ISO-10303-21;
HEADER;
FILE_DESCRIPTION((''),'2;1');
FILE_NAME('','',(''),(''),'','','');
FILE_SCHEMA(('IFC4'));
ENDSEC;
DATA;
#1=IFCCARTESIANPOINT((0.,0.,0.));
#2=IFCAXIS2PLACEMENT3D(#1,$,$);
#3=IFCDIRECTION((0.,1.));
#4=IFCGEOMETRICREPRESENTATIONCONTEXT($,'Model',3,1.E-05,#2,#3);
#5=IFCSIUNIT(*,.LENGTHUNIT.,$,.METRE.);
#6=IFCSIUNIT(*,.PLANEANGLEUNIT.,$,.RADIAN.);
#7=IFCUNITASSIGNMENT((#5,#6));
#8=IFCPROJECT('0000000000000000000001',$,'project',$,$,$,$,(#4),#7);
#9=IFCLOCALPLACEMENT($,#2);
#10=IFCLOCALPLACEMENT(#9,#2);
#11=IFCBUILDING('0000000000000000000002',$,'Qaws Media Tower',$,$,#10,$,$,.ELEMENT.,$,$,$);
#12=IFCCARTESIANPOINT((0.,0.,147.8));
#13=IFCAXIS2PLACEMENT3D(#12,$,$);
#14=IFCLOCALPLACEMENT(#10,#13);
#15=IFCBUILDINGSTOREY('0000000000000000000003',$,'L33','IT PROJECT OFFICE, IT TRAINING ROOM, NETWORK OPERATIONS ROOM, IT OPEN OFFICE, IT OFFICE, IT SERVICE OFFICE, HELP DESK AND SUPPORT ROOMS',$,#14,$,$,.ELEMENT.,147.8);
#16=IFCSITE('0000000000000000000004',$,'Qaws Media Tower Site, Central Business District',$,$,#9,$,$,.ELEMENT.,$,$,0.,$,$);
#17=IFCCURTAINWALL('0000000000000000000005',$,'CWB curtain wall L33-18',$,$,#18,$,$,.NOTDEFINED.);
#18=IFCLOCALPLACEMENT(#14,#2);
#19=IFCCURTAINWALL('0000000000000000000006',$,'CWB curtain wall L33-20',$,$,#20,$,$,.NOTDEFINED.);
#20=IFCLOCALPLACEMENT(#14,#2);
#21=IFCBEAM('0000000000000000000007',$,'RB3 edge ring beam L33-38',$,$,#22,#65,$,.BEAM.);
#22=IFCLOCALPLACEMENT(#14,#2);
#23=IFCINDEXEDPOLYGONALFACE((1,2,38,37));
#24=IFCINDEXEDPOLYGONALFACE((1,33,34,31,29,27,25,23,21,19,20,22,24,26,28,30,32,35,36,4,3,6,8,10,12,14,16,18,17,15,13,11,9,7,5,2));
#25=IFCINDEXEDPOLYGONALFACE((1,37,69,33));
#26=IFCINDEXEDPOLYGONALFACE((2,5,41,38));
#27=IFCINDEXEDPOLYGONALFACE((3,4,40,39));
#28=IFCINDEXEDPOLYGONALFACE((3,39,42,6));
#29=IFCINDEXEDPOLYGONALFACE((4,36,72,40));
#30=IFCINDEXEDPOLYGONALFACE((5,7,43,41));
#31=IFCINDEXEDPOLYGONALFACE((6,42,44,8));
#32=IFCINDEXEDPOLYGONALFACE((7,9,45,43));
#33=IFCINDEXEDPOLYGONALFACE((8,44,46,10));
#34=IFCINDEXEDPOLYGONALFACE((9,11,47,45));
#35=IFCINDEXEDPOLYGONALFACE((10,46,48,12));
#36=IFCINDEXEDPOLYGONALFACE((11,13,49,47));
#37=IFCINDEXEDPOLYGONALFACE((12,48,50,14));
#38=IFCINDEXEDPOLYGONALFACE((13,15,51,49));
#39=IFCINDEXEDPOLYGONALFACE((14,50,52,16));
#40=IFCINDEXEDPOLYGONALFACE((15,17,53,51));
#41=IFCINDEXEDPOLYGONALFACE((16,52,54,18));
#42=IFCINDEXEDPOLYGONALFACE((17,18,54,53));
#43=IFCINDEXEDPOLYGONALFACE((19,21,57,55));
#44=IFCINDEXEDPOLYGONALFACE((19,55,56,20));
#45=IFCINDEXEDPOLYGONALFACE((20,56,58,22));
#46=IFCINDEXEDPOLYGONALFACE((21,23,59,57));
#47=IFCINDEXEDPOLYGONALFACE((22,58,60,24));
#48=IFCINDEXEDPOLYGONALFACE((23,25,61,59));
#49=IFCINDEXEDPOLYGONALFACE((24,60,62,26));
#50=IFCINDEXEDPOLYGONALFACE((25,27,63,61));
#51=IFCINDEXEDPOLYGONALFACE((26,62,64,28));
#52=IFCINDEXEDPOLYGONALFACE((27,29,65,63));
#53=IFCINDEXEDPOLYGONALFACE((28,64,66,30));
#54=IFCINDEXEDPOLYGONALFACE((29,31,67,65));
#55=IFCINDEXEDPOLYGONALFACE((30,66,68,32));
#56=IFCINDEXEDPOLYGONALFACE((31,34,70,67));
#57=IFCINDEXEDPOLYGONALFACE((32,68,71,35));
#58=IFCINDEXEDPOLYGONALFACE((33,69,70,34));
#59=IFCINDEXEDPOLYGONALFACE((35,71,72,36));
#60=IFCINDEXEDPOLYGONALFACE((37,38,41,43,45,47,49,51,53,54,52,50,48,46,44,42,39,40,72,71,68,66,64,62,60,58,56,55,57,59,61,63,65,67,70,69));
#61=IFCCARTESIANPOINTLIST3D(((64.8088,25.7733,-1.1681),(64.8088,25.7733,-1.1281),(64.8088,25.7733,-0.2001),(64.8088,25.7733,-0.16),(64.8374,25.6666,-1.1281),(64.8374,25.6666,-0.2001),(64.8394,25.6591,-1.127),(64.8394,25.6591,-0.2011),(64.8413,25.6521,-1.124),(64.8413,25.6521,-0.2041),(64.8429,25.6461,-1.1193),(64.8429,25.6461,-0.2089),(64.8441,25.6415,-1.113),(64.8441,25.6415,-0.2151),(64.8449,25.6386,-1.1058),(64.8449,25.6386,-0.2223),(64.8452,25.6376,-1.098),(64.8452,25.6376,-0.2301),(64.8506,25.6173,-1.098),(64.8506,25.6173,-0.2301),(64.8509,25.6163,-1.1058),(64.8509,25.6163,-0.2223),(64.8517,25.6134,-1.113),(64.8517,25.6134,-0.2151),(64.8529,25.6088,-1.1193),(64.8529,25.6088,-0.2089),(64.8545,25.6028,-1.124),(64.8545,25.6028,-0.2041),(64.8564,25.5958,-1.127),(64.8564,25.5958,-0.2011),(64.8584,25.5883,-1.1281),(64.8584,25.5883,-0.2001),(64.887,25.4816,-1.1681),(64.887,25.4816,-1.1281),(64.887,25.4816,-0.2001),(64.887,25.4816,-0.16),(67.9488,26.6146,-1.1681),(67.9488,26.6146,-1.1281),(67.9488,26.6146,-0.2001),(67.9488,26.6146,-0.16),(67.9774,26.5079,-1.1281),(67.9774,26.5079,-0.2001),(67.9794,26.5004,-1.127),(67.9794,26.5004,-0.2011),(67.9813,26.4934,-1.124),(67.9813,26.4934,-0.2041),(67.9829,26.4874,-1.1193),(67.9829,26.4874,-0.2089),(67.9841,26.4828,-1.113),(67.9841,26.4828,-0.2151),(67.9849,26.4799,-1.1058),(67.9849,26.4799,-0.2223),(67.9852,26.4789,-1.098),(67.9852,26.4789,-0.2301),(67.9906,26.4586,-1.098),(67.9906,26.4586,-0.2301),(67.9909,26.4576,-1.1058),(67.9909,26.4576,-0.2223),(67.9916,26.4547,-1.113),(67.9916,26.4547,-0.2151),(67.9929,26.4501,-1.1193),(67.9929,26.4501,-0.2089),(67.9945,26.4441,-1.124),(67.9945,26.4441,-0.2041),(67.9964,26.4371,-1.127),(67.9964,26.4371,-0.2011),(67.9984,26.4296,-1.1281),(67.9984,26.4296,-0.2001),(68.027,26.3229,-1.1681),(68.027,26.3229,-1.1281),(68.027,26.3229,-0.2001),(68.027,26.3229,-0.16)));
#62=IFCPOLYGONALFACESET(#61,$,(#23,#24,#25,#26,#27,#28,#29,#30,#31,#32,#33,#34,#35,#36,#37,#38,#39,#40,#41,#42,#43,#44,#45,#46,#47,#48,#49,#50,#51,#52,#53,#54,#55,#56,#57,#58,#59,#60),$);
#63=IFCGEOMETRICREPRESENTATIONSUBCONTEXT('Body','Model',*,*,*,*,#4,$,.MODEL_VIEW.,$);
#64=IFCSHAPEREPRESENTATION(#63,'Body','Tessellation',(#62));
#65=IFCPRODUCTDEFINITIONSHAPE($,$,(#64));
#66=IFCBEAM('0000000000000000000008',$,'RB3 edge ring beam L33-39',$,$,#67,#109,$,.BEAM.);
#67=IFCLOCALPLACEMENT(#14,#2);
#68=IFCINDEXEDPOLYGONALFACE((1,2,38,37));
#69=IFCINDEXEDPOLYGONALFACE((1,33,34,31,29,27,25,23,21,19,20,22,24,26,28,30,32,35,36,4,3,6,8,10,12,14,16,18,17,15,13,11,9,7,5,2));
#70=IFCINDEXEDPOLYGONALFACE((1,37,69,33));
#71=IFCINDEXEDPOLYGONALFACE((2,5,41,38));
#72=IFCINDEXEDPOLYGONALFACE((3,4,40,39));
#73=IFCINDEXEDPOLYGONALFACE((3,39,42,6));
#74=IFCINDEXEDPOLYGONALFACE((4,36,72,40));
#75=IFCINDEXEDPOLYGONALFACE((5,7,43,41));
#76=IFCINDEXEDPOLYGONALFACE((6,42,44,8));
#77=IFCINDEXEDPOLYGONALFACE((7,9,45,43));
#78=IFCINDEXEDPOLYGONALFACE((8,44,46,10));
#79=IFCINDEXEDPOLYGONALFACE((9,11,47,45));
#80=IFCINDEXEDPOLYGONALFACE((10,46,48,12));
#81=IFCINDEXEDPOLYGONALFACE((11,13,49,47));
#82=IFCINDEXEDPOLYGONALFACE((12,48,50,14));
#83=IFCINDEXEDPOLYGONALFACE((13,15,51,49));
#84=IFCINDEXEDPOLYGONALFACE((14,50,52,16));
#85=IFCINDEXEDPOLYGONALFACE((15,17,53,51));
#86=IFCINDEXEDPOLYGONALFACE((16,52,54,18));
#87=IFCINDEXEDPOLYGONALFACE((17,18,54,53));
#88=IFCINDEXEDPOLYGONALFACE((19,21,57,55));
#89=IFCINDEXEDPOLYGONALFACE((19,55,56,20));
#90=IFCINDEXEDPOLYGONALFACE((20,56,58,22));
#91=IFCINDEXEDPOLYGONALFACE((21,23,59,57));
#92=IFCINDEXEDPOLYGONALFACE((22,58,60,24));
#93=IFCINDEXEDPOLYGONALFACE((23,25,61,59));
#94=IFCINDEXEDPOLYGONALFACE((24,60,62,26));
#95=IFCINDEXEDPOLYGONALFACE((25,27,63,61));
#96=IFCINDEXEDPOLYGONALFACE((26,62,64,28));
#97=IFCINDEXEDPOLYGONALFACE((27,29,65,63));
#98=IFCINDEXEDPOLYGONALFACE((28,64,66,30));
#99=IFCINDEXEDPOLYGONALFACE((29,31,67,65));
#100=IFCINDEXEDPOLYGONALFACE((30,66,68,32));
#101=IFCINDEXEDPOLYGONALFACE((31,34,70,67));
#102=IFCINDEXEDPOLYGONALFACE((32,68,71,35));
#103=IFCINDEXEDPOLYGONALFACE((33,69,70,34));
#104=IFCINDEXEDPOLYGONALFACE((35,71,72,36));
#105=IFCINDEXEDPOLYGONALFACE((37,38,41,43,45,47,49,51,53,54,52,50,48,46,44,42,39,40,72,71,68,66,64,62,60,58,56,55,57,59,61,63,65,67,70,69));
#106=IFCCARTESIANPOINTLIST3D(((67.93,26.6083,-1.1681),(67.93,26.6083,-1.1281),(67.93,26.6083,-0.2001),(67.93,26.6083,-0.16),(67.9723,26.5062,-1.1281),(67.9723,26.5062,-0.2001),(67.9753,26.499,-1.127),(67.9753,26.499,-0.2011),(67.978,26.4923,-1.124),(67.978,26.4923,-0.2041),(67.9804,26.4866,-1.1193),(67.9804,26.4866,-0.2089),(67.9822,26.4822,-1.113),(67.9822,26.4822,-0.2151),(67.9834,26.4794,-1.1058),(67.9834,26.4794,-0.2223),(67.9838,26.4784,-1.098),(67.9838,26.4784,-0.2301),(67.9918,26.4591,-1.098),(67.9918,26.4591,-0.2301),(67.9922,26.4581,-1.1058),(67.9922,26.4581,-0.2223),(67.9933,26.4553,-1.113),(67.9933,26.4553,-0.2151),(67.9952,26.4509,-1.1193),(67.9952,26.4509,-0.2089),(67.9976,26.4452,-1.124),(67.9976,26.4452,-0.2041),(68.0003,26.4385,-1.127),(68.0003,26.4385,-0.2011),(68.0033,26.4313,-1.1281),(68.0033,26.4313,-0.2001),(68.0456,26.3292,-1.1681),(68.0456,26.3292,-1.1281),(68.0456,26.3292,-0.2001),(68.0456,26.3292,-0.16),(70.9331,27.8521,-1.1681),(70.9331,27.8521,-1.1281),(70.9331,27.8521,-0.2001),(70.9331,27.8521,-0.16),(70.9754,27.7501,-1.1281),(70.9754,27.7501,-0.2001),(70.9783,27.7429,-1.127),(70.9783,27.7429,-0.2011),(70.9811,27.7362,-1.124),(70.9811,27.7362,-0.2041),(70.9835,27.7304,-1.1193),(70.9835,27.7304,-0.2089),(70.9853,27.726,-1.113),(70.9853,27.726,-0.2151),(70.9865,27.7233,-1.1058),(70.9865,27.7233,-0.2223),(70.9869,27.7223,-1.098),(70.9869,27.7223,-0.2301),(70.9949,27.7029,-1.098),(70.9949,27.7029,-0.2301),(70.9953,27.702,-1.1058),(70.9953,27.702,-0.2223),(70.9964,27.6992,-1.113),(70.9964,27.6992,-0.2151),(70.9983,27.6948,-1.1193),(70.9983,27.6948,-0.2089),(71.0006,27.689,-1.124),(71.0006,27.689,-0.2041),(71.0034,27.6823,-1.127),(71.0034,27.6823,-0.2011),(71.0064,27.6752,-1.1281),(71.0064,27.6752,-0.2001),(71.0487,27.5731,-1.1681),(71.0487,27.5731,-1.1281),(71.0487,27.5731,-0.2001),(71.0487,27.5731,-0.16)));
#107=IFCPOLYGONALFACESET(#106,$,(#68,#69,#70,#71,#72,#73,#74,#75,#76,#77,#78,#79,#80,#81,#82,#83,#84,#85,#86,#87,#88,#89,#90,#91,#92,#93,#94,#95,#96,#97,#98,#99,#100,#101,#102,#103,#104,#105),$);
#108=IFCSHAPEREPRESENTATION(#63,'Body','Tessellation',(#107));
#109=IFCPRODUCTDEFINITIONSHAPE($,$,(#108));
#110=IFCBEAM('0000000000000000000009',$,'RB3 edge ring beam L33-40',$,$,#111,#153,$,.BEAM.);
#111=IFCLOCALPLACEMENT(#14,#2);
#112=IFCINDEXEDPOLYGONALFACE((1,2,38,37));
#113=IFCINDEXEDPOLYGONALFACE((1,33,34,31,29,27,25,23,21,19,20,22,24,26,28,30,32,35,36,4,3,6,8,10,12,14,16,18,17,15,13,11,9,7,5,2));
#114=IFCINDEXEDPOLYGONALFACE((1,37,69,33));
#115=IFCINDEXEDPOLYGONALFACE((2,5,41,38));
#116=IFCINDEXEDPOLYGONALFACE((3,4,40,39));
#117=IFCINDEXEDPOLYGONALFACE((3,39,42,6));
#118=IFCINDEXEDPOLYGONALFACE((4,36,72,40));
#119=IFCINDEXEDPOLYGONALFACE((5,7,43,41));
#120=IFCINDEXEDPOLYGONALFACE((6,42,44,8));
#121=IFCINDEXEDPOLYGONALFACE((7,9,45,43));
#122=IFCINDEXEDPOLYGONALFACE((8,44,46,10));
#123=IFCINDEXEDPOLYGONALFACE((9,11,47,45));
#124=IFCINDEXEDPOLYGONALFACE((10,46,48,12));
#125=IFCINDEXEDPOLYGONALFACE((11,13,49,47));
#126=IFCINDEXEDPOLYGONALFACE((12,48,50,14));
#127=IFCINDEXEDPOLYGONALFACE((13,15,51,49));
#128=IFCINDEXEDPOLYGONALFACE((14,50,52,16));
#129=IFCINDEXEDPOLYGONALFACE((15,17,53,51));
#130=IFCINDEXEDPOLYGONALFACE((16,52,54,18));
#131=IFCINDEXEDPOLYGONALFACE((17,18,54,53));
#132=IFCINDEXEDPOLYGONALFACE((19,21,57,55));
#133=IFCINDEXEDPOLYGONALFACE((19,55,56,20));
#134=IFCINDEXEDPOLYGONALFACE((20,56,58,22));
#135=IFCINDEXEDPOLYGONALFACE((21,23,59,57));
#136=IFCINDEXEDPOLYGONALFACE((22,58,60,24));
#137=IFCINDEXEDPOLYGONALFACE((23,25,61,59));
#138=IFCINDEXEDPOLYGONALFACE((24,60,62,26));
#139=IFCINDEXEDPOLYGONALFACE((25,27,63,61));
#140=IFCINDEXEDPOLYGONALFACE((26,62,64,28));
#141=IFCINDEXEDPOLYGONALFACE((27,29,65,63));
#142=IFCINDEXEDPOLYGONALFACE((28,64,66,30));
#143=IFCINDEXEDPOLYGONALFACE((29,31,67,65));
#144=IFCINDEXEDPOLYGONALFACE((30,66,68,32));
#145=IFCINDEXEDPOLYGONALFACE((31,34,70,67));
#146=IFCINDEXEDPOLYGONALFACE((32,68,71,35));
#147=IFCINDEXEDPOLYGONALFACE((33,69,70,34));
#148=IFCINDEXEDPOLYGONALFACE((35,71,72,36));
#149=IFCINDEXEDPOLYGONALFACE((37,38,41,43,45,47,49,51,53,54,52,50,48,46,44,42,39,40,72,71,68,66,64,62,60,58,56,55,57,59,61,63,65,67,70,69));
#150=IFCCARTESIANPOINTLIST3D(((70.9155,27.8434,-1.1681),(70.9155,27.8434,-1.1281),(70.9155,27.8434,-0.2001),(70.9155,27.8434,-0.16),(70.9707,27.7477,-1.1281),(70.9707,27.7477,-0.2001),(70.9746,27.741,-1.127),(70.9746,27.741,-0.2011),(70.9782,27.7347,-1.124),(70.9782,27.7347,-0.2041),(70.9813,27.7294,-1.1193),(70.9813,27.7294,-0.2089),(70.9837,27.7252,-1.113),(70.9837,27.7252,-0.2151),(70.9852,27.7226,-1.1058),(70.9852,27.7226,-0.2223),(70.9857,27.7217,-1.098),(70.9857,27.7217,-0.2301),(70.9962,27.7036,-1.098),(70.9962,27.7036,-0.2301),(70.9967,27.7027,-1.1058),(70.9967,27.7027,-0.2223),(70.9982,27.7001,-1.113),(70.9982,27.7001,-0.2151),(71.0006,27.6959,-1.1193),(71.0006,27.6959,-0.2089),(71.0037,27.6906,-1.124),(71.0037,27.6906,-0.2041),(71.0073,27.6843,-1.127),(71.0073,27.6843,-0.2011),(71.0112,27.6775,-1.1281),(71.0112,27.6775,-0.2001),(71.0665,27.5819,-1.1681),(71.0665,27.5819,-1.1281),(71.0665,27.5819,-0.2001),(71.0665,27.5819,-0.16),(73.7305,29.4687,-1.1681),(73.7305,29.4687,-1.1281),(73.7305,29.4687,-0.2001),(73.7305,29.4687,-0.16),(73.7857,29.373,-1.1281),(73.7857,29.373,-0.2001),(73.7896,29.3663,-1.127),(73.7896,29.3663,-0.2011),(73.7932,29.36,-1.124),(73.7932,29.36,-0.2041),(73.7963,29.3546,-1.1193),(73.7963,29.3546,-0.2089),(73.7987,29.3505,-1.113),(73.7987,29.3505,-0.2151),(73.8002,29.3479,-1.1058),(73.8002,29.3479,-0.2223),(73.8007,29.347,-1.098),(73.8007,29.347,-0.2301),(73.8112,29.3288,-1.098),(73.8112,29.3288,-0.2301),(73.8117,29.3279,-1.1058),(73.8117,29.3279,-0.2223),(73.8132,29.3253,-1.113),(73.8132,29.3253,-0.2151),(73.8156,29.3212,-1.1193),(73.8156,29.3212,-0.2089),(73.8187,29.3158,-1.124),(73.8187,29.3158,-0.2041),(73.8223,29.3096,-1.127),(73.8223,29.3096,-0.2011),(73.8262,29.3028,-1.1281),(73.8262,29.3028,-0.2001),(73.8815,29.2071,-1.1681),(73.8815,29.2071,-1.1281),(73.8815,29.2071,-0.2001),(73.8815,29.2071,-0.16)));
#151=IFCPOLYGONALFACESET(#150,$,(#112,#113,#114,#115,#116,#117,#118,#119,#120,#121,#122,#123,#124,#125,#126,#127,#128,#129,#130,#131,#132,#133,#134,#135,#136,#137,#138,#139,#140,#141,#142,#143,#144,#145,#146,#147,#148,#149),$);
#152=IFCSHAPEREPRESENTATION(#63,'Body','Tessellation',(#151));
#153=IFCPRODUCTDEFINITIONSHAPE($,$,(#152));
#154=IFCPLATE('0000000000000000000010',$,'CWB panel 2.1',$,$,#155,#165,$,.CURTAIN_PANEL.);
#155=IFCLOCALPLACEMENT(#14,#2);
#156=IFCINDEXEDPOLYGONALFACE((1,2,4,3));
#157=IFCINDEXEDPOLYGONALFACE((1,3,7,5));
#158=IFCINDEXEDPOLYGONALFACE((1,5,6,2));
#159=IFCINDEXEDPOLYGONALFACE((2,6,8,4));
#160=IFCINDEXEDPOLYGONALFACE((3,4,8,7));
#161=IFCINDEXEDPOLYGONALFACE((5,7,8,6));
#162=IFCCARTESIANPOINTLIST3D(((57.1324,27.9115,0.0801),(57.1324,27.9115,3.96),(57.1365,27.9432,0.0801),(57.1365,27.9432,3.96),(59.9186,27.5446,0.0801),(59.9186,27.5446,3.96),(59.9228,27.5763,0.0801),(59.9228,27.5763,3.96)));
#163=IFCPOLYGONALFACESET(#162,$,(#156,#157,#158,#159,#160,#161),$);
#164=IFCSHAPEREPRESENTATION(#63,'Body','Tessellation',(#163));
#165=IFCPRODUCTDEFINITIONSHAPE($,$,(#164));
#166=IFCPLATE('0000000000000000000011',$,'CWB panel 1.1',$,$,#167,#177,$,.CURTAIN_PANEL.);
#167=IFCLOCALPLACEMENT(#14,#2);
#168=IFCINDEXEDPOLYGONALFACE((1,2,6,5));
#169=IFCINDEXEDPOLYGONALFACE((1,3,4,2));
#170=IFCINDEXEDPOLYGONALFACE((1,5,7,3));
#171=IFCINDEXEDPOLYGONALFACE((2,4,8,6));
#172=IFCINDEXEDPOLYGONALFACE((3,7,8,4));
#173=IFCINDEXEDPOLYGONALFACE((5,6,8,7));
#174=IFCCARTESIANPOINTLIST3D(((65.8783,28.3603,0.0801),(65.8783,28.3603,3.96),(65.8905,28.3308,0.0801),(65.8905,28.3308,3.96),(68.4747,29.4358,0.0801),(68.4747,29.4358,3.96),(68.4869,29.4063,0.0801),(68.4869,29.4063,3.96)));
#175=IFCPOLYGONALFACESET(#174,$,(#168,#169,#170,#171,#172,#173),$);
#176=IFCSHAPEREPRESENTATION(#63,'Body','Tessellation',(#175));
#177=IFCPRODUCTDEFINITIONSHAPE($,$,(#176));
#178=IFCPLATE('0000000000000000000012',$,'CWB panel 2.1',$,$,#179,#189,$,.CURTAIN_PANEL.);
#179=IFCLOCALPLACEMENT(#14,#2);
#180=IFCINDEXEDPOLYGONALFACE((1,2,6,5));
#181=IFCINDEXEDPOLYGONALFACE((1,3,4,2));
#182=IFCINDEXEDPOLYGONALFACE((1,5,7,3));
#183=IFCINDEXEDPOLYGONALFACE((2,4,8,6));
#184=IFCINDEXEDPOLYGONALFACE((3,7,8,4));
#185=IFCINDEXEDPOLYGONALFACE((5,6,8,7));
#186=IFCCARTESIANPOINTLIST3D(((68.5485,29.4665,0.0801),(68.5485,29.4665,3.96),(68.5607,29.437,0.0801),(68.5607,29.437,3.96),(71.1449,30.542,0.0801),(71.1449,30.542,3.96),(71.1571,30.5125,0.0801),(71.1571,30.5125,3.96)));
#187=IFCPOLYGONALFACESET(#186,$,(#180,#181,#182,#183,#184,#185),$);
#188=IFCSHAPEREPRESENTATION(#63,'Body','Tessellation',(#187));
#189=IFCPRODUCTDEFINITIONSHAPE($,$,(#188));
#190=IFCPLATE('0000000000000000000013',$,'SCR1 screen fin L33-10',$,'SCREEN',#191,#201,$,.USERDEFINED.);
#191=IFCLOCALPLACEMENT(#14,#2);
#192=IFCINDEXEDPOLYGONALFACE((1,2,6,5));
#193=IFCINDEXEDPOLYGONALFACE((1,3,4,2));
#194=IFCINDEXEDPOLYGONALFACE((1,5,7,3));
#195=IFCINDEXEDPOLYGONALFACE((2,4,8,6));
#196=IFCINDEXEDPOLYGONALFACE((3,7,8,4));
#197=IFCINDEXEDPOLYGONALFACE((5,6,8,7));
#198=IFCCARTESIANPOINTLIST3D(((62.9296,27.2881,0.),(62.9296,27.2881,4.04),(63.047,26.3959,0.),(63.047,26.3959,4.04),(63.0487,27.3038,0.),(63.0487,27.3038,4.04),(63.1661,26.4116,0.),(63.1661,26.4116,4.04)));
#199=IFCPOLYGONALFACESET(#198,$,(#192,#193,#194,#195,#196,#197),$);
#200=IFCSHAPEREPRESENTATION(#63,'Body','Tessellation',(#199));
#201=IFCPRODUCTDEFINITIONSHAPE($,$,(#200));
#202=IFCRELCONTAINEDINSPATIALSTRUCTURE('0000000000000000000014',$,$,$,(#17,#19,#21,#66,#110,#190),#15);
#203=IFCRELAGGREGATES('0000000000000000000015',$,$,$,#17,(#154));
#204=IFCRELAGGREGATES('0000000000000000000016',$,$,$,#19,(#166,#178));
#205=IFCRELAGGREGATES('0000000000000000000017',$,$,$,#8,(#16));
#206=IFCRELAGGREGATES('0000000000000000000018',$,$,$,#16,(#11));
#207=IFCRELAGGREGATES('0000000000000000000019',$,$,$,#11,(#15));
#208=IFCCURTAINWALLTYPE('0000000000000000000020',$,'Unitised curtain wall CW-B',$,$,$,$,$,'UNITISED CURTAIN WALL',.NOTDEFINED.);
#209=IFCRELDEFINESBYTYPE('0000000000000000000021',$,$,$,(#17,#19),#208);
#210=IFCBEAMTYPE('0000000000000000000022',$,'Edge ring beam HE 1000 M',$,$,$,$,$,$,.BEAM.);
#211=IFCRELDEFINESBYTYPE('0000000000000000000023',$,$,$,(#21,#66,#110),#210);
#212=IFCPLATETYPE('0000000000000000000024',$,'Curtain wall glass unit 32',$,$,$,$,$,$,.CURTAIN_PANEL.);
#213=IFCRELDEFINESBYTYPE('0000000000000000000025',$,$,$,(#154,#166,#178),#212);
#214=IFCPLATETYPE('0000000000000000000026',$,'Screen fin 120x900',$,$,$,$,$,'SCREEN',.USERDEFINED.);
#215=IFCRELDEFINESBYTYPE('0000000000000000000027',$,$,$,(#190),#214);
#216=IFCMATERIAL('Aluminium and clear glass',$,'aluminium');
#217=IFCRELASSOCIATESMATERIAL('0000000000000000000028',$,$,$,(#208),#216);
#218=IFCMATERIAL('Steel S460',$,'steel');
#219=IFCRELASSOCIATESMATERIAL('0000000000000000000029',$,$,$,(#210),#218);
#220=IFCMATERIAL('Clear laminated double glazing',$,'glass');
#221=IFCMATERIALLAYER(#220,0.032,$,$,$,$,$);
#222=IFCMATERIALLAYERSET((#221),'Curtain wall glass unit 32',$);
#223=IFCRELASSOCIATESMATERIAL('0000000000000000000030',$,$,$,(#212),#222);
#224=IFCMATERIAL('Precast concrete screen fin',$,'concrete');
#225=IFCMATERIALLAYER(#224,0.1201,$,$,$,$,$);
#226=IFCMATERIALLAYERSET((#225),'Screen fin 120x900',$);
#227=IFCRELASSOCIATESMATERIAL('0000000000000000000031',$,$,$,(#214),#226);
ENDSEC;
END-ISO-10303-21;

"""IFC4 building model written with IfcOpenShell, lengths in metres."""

from ifc_helpers import new_model, si_unit, direction, frame, origin, origin_2d, place, context, subcontext, project, spatial, rectangle, i_section, extrude, material, layer, layer_set, material_profile, profile_set, type_object, element, aggregate, save


model = new_model("IFC4")

# Units and contexts
model_context = context("Model", 3, precision=1e-05, world=origin(), true_north=direction((0.0, 1.0)))
body_context = subcontext(model_context, "Body", "Model", "MODEL_VIEW")
ifc_project = project(units=[si_unit("LENGTHUNIT", "METRE"), si_unit("PLANEANGLEUNIT", "RADIAN")], contexts=[model_context])

# Site, building, storey
site_placement = place(None, origin())
site = spatial("IfcSite", under=ifc_project, at=site_placement, Name="Qaws Media Tower Site, Central Business District", CompositionType="ELEMENT", RefElevation=0.0)
building_placement = place(site_placement, origin())
building = spatial("IfcBuilding", under=site, at=building_placement, Name="Qaws Media Tower", CompositionType="ELEMENT")
storey_placement = place(building_placement, frame((0.0, 0.0, 147.8)))
storey = spatial("IfcBuildingStorey", under=building, at=storey_placement, Name="L33", Description="IT PROJECT OFFICE, IT TRAINING ROOM, NETWORK OPERATIONS ROOM, IT OPEN OFFICE, IT OFFICE, IT SERVICE OFFICE, HELP DESK AND SUPPORT ROOMS", CompositionType="ELEMENT", Elevation=147.8)

# Curtain walls
ifc_material_1 = material(Name="Aluminium and clear glass", Category="aluminium")
curtain_wall_type = type_object("IfcCurtainWallType", Name="Unitised curtain wall CW-B", ElementType="UNITISED CURTAIN WALL", PredefinedType="NOTDEFINED", material=ifc_material_1)
curtain_wall_1_placement = place(storey_placement, origin())
curtain_wall_1 = element("IfcCurtainWall", 1, at=curtain_wall_1_placement, inside=storey, type_object=curtain_wall_type, Name="CWB curtain wall L33-18", PredefinedType="NOTDEFINED")
curtain_wall_2_placement = place(storey_placement, origin())
curtain_wall_2 = element("IfcCurtainWall", 2, at=curtain_wall_2_placement, inside=storey, type_object=curtain_wall_type, Name="CWB curtain wall L33-20", PredefinedType="NOTDEFINED")

# Beams
ifc_material_2 = material(Name="Steel S460", Category="steel")
ifc_material_profile_1 = material_profile(ifc_material_2, i_section(OverallWidth=0.302, OverallDepth=1.0081, WebThickness=0.021, FlangeThickness=0.04, FilletRadius=0.03, at=origin_2d()), Name="HE 1000 M")
ifc_profile_set_1 = profile_set([ifc_material_profile_1], Name="Steel S460")
beam_type = type_object("IfcBeamType", Name="Edge ring beam HE 1000 M", PredefinedType="BEAM", material=ifc_profile_set_1)
beam_placement = place(storey_placement, frame((64.8479, 25.6274, -0.6641), z_axis=(0.965928, 0.258812, 0.0), x_axis=(-0.258812, 0.965928, 0.0)))
element("IfcBeam", 3, at=beam_placement, inside=storey, type_object=beam_type, Name="RB3 edge ring beam L33-38", PredefinedType="BEAM", context=body_context, shape_type="SweptSolid", body=[
    extrude(i_section(OverallWidth=0.302, OverallDepth=1.0081, WebThickness=0.021, FlangeThickness=0.04, FilletRadius=0.03, at=origin_2d()), origin(), (0.0, 0.0, 1.0), 3.2507),
])
for number, where, z_axis, x_axis, name in (
    (4, (67.9878, 26.4688, -0.6641), (0.923886, 0.382668, 0.0), (-0.382668, 0.923886, 0.0), "RB3 edge ring beam L33-39"),
    (5, (70.991, 27.7126, -0.6641), (0.86602, 0.500009, 0.0), (-0.500009, 0.86602, 0.0), "RB3 edge ring beam L33-40"),
):
    element("IfcBeam", number, at=place(storey_placement, frame(where, z_axis=z_axis, x_axis=x_axis)), inside=storey, type_object=beam_type, Name=name, PredefinedType="BEAM", context=body_context, shape_type="SweptSolid", body=[
        extrude(i_section(OverallWidth=0.302, OverallDepth=1.0081, WebThickness=0.021, FlangeThickness=0.04, FilletRadius=0.03, at=origin_2d()), origin(), (0.0, 0.0, 1.0), 3.2505),
    ])

# Plates
ifc_material_3 = material(Name="Clear laminated double glazing", Category="glass")
ifc_layer_1 = layer(ifc_material_3, 0.032)
ifc_layer_set_1 = layer_set([ifc_layer_1], Name="Curtain wall glass unit 32")
plate_type_1 = type_object("IfcPlateType", Name="Curtain wall glass unit 32", PredefinedType="CURTAIN_PANEL", material=ifc_layer_set_1)
plate_1_placement = place(storey_placement, frame((58.5276, 27.7439, 0.0801), z_axis=(0.0, 0.0, 1.0), x_axis=(0.991445, -0.130526, 0.0)))
plate_1 = element("IfcPlate", 6, at=plate_1_placement, type_object=plate_type_1, Name="CWB panel 2.1", PredefinedType="CURTAIN_PANEL", context=body_context, shape_type="SweptSolid", body=[
    extrude(rectangle(XDim=2.8103, YDim=0.032, at=origin_2d()), origin(), (0.0, 0.0, 1.0), 3.8799),
])
aggregate(curtain_wall_1, [plate_1])
plate_2_placement = place(storey_placement, frame((67.1826, 28.8833, 0.0801), z_axis=(0.0, 0.0, 1.0), x_axis=(0.923879, 0.382684, 0.0)))
plate_2 = element("IfcPlate", 7, at=plate_2_placement, type_object=plate_type_1, Name="CWB panel 1.1", PredefinedType="CURTAIN_PANEL", context=body_context, shape_type="SweptSolid", body=[
    extrude(rectangle(XDim=2.8103, YDim=0.032, at=origin_2d()), origin(), (0.0, 0.0, 1.0), 3.8799),
])
plate_3_placement = place(storey_placement, frame((69.8528, 29.9895, 0.0801), z_axis=(0.0, 0.0, 1.0), x_axis=(0.923879, 0.382684, 0.0)))
plate_3 = element("IfcPlate", 8, at=plate_3_placement, type_object=plate_type_1, Name="CWB panel 2.1", PredefinedType="CURTAIN_PANEL", context=body_context, shape_type="SweptSolid", body=[
    extrude(rectangle(XDim=2.8103, YDim=0.032, at=origin_2d()), origin(), (0.0, 0.0, 1.0), 3.8799),
])
aggregate(curtain_wall_2, [plate_2, plate_3])
ifc_material_4 = material(Name="Precast concrete screen fin", Category="concrete")
ifc_layer_2 = layer(ifc_material_4, 0.1201)
ifc_layer_set_2 = layer_set([ifc_layer_2], Name="Screen fin 120x900")
plate_type_2 = type_object("IfcPlateType", Name="Screen fin 120x900", ElementType="SCREEN", PredefinedType="USERDEFINED", material=ifc_layer_set_2)
plate_4_placement = place(storey_placement, frame((63.0479, 26.8499, 0.0), z_axis=(0.0, 0.0, 1.0), x_axis=(0.130526, -0.991445, 0.0)))
element("IfcPlate", 9, at=plate_4_placement, inside=storey, type_object=plate_type_2, Name="SCR1 screen fin L33-10", ObjectType="SCREEN", PredefinedType="USERDEFINED", context=body_context, shape_type="SweptSolid", body=[
    extrude(rectangle(XDim=0.8999, YDim=0.1201, at=origin_2d()), origin(), (0.0, 0.0, 1.0), 4.04),
])

save(model, "model.ifc")
